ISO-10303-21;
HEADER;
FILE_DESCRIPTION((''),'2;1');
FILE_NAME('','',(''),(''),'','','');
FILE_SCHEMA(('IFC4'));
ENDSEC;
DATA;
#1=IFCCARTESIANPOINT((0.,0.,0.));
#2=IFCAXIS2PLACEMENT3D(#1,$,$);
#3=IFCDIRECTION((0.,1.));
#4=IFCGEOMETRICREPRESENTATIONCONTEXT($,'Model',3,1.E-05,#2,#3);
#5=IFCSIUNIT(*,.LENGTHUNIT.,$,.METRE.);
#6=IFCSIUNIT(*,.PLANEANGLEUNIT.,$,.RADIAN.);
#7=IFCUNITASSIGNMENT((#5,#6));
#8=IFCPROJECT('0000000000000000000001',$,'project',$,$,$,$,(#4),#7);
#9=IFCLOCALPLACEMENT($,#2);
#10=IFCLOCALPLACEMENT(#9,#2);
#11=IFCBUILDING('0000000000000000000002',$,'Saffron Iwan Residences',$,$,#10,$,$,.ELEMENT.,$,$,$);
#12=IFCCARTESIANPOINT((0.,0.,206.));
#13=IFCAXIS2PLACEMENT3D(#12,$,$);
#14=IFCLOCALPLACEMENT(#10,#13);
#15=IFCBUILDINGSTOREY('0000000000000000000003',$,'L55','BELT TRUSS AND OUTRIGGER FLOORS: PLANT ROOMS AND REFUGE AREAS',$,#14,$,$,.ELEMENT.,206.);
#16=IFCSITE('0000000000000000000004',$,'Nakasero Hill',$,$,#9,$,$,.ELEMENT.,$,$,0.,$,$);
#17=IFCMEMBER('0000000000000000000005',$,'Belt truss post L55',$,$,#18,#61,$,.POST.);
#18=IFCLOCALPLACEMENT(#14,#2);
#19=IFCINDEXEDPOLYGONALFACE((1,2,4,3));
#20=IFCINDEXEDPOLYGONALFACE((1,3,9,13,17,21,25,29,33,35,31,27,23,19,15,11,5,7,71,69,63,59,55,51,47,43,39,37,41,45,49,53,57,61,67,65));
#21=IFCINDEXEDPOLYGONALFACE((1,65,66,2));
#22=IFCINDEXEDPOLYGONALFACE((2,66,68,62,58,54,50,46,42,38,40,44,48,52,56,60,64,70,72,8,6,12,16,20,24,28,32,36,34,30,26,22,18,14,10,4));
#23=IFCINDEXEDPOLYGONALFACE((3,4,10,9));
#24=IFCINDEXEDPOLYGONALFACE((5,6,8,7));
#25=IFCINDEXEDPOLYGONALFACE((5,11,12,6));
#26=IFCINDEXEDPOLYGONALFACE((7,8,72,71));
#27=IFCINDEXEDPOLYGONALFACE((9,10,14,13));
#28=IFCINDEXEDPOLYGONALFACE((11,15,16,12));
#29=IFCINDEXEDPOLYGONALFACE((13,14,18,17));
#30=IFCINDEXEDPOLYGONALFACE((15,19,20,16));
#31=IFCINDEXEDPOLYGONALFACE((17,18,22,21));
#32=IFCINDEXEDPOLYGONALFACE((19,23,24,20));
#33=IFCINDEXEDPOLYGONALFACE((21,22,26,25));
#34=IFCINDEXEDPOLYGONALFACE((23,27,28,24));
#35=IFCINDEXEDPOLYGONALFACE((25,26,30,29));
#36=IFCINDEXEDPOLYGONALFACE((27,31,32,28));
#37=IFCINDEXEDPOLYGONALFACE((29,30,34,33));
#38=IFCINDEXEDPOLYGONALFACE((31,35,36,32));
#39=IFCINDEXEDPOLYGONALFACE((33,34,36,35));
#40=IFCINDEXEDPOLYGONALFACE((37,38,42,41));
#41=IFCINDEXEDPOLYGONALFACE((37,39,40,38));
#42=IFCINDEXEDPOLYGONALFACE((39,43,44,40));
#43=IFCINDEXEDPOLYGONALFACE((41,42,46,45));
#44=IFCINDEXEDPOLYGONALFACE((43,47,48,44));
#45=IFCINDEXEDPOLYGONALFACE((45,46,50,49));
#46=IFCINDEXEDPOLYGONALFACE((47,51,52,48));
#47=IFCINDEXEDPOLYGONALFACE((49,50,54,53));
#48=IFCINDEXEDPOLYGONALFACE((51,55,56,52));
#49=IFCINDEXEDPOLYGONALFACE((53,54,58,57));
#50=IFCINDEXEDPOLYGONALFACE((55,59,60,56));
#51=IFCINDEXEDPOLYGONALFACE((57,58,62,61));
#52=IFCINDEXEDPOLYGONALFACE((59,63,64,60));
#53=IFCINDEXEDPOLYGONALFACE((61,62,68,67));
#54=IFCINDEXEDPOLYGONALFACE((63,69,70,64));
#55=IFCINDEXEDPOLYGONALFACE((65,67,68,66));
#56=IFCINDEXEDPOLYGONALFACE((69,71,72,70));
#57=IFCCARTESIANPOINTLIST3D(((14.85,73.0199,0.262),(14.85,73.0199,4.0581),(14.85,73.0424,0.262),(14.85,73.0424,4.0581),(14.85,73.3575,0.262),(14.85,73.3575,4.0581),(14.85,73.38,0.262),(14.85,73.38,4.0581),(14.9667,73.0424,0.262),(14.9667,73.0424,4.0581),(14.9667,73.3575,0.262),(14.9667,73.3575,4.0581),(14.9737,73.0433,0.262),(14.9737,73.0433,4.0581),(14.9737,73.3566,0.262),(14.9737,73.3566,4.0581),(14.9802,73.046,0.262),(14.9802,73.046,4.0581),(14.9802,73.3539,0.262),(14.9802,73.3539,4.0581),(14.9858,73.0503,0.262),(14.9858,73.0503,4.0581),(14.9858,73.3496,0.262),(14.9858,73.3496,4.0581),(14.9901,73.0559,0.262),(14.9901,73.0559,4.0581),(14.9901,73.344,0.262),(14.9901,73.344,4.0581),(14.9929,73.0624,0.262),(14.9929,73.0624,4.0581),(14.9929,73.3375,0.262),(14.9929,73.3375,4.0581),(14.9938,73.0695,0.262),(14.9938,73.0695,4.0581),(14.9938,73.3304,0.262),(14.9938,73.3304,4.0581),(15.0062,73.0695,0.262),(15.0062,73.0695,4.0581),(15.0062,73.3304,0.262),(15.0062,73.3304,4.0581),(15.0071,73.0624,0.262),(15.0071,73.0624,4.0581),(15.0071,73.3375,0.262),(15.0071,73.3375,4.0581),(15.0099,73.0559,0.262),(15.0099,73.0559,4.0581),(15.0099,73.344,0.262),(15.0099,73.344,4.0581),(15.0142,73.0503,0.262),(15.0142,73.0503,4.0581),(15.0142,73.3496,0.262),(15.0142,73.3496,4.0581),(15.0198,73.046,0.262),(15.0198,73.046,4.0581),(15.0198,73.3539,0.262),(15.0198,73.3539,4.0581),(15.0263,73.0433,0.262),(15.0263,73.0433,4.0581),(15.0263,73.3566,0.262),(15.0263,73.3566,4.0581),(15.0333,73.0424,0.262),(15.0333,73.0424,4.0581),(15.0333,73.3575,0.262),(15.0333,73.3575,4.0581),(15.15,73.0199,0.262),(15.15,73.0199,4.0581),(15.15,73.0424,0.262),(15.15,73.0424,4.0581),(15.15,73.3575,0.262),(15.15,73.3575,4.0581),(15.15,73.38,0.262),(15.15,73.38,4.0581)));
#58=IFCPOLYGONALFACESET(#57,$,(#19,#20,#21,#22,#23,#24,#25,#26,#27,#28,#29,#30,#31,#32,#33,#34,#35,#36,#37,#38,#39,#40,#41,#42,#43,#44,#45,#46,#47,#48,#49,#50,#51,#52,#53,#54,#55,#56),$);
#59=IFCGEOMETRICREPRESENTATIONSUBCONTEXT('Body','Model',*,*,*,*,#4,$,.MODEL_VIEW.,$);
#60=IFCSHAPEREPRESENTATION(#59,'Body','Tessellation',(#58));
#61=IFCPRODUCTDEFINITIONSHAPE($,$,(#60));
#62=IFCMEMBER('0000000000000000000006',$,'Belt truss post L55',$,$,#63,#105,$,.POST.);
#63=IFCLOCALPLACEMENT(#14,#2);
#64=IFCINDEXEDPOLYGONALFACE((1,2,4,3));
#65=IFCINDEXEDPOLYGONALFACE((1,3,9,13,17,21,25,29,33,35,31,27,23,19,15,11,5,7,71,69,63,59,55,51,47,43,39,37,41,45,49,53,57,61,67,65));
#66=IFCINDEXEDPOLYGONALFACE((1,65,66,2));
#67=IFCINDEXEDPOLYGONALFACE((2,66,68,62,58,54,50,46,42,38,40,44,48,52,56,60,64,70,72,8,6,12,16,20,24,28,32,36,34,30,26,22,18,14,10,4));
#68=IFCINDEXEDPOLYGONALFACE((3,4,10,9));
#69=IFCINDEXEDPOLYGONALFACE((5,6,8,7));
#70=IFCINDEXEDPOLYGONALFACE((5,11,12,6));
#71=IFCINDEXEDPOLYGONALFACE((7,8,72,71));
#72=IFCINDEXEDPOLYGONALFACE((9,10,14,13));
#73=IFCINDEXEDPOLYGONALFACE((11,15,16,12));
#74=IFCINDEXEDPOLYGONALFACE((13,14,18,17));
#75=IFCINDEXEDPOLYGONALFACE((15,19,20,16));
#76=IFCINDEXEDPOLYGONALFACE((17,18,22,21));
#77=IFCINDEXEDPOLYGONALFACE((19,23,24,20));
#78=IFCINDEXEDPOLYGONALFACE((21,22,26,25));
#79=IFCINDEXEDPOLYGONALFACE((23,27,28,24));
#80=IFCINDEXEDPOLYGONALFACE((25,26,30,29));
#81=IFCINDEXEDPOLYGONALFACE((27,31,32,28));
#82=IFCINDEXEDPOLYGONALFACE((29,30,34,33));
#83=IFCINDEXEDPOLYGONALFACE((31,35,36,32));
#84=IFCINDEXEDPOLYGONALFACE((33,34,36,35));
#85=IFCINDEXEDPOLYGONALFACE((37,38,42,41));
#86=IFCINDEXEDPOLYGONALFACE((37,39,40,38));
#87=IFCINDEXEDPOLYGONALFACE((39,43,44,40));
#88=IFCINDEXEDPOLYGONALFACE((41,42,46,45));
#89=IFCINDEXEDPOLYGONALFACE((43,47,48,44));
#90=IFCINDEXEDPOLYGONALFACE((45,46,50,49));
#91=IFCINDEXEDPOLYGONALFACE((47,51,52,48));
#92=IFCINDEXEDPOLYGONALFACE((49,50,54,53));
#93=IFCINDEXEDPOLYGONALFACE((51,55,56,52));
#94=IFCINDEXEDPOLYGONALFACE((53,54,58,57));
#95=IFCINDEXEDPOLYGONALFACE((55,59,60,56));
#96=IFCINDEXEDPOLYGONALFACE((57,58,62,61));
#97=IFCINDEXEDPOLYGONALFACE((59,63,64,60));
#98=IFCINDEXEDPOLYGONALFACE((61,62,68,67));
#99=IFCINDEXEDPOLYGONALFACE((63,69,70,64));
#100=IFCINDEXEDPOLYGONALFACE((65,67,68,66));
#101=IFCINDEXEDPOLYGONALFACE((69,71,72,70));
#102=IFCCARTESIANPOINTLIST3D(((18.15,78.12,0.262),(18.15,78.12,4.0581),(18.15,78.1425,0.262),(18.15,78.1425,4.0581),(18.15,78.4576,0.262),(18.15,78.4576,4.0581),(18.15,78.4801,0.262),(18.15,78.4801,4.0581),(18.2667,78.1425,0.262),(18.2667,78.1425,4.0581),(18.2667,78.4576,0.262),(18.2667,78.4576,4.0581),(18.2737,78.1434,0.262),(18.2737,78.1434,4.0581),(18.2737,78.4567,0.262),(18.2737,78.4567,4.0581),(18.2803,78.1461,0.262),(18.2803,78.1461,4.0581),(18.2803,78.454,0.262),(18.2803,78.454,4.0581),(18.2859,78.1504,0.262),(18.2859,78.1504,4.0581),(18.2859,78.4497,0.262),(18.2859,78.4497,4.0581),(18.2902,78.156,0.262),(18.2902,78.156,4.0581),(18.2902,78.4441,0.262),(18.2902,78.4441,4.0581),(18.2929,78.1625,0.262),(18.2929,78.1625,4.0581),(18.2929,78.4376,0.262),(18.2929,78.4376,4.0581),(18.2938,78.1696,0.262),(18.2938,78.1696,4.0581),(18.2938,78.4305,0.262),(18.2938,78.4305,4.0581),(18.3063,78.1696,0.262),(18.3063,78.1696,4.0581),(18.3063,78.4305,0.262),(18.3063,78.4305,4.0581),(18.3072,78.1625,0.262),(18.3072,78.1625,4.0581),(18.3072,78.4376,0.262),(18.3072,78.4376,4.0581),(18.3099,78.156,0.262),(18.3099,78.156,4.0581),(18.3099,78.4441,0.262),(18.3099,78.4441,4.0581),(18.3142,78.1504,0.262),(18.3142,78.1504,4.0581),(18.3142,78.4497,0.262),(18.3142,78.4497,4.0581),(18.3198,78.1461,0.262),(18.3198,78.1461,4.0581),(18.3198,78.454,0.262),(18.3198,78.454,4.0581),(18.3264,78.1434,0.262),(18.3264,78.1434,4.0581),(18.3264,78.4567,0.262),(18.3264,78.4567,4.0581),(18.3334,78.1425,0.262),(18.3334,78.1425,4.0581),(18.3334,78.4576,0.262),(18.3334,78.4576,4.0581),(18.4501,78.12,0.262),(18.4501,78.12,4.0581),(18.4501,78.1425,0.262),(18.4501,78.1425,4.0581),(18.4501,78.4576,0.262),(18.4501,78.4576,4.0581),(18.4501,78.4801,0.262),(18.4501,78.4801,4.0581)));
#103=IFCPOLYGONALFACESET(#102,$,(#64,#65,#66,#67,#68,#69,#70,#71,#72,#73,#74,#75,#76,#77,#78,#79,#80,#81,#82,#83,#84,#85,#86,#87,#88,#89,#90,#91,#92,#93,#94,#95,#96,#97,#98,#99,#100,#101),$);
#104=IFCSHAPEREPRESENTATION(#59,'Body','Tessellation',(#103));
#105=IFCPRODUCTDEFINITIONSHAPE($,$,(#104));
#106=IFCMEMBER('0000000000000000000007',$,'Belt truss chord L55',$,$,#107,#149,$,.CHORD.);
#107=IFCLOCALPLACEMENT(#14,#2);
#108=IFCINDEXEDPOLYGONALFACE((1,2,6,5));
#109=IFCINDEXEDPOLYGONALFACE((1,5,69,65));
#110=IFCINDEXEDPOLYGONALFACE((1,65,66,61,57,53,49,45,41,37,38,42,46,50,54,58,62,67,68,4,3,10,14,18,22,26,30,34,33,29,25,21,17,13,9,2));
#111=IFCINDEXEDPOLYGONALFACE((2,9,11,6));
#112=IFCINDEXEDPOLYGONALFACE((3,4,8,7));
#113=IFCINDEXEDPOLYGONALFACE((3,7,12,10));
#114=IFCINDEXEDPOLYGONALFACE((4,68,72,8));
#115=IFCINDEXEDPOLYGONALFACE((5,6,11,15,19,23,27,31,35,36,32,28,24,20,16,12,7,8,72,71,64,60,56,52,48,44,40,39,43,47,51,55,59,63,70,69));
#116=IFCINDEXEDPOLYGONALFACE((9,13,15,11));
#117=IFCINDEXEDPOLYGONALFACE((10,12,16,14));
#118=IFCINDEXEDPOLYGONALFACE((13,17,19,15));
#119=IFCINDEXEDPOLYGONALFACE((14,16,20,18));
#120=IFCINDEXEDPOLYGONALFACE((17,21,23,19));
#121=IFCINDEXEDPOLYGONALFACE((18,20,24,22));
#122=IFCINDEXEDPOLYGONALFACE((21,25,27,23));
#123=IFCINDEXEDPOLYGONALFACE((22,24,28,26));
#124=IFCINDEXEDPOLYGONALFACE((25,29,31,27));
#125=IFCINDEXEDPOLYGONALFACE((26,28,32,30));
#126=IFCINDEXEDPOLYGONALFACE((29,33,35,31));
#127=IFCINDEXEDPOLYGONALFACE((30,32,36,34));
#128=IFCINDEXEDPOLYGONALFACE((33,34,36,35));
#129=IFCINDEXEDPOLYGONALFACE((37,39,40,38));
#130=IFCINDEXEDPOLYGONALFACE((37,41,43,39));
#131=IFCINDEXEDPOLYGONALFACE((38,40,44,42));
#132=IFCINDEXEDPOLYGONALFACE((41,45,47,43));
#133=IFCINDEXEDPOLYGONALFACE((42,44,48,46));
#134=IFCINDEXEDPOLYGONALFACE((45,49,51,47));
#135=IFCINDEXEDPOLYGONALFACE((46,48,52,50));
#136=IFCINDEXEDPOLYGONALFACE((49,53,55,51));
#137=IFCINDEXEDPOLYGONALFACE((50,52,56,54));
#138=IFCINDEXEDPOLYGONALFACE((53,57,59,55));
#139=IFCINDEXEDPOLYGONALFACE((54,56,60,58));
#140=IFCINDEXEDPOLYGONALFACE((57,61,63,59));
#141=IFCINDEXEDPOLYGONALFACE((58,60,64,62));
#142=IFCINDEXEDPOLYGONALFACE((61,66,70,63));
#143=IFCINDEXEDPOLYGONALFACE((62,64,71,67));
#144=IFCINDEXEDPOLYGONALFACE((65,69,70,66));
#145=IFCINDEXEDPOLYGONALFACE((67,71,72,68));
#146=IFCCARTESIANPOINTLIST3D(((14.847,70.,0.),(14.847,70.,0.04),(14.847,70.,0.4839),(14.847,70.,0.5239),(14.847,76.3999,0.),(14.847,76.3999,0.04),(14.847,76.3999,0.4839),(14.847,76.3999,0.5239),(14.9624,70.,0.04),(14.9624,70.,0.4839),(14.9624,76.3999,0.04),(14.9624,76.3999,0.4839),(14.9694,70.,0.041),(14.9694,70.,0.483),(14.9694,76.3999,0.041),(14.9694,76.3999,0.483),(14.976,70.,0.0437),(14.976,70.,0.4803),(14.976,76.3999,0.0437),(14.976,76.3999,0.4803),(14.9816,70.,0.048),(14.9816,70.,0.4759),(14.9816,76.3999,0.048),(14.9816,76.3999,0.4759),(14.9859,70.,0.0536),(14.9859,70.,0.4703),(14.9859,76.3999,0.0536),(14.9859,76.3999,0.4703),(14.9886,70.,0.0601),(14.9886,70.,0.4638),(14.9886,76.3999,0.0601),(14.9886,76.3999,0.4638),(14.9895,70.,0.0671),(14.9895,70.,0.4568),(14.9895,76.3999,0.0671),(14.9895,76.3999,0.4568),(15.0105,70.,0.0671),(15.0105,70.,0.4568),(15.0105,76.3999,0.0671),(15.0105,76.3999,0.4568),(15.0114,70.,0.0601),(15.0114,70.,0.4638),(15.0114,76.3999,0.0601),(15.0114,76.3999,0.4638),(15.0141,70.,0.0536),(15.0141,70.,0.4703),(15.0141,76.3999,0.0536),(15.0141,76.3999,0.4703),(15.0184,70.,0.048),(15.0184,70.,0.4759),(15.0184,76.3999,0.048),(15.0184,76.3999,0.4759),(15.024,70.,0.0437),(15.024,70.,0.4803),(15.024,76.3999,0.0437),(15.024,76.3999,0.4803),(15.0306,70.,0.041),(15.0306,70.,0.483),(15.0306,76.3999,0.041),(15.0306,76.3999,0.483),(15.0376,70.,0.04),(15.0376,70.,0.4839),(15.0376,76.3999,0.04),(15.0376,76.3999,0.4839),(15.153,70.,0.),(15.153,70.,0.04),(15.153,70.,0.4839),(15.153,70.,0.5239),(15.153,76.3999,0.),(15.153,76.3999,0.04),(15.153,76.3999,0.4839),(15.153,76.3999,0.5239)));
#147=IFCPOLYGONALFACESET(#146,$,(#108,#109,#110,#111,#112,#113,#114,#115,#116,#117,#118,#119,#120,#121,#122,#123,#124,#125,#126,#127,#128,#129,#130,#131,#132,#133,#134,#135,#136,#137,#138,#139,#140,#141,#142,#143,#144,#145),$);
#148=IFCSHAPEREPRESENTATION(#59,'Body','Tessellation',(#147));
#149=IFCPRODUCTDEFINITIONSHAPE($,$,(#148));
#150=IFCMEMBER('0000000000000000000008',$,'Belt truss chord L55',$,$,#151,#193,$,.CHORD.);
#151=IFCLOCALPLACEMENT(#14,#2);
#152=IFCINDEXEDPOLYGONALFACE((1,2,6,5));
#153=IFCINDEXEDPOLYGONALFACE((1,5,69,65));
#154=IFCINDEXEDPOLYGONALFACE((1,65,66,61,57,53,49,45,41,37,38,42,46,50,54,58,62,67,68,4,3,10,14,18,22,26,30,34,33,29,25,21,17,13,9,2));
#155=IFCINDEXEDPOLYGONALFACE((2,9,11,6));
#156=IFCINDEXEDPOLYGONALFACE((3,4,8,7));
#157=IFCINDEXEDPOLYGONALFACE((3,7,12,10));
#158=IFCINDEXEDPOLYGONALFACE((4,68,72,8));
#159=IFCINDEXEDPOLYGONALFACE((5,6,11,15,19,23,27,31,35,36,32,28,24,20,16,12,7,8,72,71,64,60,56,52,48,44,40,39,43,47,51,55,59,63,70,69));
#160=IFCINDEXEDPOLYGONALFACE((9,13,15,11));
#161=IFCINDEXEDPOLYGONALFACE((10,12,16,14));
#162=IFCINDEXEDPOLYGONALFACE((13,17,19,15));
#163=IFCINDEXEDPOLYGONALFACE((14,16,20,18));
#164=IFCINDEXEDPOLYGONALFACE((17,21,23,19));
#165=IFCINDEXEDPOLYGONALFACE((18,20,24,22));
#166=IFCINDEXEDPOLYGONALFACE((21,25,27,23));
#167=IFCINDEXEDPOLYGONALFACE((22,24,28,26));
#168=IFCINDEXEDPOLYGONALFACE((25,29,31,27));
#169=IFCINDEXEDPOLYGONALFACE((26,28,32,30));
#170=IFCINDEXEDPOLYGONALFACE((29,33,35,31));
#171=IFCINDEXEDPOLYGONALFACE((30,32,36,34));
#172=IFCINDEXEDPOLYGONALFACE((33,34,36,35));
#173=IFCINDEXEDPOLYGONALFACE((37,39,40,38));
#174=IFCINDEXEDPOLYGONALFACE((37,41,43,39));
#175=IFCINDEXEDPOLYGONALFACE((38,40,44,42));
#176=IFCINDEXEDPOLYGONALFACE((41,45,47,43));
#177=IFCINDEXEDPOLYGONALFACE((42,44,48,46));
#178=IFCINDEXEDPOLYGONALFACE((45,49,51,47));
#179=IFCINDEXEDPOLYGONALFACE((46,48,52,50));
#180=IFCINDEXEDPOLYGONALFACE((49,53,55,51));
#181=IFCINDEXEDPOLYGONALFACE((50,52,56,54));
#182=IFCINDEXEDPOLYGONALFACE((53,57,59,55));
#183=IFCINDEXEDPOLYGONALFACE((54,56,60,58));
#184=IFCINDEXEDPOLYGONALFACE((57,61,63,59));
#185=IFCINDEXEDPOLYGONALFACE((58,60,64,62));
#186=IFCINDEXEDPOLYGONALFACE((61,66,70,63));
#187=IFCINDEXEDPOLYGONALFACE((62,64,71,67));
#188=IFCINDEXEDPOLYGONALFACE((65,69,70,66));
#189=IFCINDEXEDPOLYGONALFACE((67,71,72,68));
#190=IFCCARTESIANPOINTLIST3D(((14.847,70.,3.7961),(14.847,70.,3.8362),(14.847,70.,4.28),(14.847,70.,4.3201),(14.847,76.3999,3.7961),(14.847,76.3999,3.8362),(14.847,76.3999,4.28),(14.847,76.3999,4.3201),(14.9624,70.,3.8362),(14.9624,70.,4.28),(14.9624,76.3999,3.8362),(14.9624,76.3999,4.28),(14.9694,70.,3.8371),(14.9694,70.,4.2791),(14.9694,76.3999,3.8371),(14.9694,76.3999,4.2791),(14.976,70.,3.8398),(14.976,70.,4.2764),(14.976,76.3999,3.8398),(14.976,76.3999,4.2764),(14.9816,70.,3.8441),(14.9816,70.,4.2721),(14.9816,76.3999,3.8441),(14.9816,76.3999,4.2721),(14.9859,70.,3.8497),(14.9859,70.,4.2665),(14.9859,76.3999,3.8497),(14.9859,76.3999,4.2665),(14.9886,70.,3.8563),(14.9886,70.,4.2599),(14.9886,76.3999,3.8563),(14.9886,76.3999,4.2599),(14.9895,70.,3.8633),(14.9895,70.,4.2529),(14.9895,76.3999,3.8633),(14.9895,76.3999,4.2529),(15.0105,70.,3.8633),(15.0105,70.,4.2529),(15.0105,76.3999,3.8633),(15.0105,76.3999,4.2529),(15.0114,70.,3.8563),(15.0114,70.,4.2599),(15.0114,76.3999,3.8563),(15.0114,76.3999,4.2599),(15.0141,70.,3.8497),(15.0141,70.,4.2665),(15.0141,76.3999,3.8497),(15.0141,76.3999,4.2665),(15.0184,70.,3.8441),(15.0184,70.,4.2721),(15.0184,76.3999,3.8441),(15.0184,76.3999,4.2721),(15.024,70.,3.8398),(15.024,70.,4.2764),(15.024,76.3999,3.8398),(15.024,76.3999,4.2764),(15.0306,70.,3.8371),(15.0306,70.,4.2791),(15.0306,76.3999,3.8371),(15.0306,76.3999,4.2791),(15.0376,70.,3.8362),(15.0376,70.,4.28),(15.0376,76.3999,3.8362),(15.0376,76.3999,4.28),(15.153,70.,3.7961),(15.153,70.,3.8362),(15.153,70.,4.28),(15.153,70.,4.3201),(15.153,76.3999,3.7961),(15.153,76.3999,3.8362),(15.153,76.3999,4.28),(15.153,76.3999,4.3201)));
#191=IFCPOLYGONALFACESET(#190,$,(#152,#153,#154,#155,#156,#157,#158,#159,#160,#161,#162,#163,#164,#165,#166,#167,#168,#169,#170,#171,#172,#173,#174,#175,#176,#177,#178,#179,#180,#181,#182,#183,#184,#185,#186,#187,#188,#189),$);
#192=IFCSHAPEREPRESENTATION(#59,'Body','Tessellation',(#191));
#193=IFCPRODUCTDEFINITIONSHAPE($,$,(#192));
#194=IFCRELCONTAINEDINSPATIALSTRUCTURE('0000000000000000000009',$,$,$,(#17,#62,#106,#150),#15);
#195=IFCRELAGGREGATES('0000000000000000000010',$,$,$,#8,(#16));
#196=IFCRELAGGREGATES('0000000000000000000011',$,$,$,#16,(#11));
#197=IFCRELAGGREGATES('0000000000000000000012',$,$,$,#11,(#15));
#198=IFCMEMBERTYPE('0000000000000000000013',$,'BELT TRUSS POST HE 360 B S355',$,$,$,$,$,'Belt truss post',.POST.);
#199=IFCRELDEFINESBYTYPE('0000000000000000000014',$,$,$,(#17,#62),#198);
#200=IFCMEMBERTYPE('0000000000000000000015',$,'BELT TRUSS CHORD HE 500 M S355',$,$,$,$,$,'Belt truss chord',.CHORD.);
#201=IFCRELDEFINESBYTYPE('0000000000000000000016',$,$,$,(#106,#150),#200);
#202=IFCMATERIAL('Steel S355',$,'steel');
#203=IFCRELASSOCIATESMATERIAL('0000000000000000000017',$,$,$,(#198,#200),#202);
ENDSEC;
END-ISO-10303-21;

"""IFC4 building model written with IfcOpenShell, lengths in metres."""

from ifc_helpers import new_model, si_unit, direction, frame, origin, origin_2d, place, context, subcontext, project, spatial, i_section, extrude, source, transform, mapped, material, material_profile, profile_set, type_object, element, save


model = new_model("IFC4")

# Units and contexts
model_context = context("Model", 3, precision=1e-05, world=origin(), true_north=direction((0.0, 1.0)))
body_context = subcontext(model_context, "Body", "Model", "MODEL_VIEW")
ifc_project = project(units=[si_unit("LENGTHUNIT", "METRE"), si_unit("PLANEANGLEUNIT", "RADIAN")], contexts=[model_context])

# Site, building, storey
site_placement = place(None, origin())
site = spatial("IfcSite", under=ifc_project, at=site_placement, Name="Nakasero Hill", CompositionType="ELEMENT", RefElevation=0.0)
building_placement = place(site_placement, origin())
building = spatial("IfcBuilding", under=site, at=building_placement, Name="Saffron Iwan Residences", CompositionType="ELEMENT")
storey_placement = place(building_placement, frame((0.0, 0.0, 206.0)))
storey = spatial("IfcBuildingStorey", under=building, at=storey_placement, Name="L55", Description="BELT TRUSS AND OUTRIGGER FLOORS: PLANT ROOMS AND REFUGE AREAS", CompositionType="ELEMENT", Elevation=206.0)

# Members
ifc_material_1 = material(Name="Steel S355", Category="steel")
ifc_material_profile_1 = material_profile(ifc_material_1, i_section(OverallWidth=0.3, OverallDepth=0.3601, WebThickness=0.0125, FlangeThickness=0.0225, FilletRadius=0.0271, at=origin_2d()), Name="HE 360 B")
ifc_profile_set_1 = profile_set([ifc_material_profile_1], Name="Steel S355")
member_type_1 = type_object("IfcMemberType", Name="BELT TRUSS POST HE 360 B S355", ElementType="Belt truss post", PredefinedType="POST", material=ifc_profile_set_1)
shared_shape_1 = source(origin(), body_context, "Body", "SweptSolid", [
    extrude(i_section(OverallWidth=0.3, OverallDepth=0.3601, WebThickness=0.0125, FlangeThickness=0.0225, FilletRadius=0.0271, at=origin_2d()), origin(), (0.0, 0.0, 1.0), 3.7961),
])
for number, where, z_axis, x_axis, name in (
    (1, (15.0, 73.2, 0.262), (0.0, 0.0, 1.0), (1.0, 0.0, 0.0), "Belt truss post L55"),
    (2, (18.3, 78.3, 0.262), (0.0, 0.0, 1.0), (1.0, 0.0, 0.0), "Belt truss post L55"),
):
    element("IfcMember", number, at=place(storey_placement, frame(where, z_axis=z_axis, x_axis=x_axis)), inside=storey, type_object=member_type_1, Name=name, PredefinedType="POST", context=body_context, shape_type="MappedRepresentation", body=[
        mapped(shared_shape_1, transform((0.0, 0.0, 0.0))),
    ])
ifc_material_profile_2 = material_profile(ifc_material_1, i_section(OverallWidth=0.3059, OverallDepth=0.5239, WebThickness=0.021, FlangeThickness=0.04, FilletRadius=0.0271, at=origin_2d()), Name="HE 500 M")
ifc_profile_set_2 = profile_set([ifc_material_profile_2], Name="Steel S355")
member_type_2 = type_object("IfcMemberType", Name="BELT TRUSS CHORD HE 500 M S355", ElementType="Belt truss chord", PredefinedType="CHORD", material=ifc_profile_set_2)
shared_shape_2 = source(origin(), body_context, "Body", "SweptSolid", [
    extrude(i_section(OverallWidth=0.3059, OverallDepth=0.5239, WebThickness=0.021, FlangeThickness=0.04, FilletRadius=0.0271, at=origin_2d()), origin(), (0.0, 0.0, 1.0), 6.3999),
])
for number, where, z_axis, x_axis, name in (
    (3, (15.0, 70.0, 0.262), (0.0, 1.0, 0.0), (-1.0, 0.0, 0.0), "Belt truss chord L55"),
    (4, (15.0, 70.0, 4.0581), (0.0, 1.0, 0.0), (-1.0, 0.0, 0.0), "Belt truss chord L55"),
):
    element("IfcMember", number, at=place(storey_placement, frame(where, z_axis=z_axis, x_axis=x_axis)), inside=storey, type_object=member_type_2, Name=name, PredefinedType="CHORD", context=body_context, shape_type="MappedRepresentation", body=[
        mapped(shared_shape_2, transform((0.0, 0.0, 0.0))),
    ])

save(model, "model.ifc")
